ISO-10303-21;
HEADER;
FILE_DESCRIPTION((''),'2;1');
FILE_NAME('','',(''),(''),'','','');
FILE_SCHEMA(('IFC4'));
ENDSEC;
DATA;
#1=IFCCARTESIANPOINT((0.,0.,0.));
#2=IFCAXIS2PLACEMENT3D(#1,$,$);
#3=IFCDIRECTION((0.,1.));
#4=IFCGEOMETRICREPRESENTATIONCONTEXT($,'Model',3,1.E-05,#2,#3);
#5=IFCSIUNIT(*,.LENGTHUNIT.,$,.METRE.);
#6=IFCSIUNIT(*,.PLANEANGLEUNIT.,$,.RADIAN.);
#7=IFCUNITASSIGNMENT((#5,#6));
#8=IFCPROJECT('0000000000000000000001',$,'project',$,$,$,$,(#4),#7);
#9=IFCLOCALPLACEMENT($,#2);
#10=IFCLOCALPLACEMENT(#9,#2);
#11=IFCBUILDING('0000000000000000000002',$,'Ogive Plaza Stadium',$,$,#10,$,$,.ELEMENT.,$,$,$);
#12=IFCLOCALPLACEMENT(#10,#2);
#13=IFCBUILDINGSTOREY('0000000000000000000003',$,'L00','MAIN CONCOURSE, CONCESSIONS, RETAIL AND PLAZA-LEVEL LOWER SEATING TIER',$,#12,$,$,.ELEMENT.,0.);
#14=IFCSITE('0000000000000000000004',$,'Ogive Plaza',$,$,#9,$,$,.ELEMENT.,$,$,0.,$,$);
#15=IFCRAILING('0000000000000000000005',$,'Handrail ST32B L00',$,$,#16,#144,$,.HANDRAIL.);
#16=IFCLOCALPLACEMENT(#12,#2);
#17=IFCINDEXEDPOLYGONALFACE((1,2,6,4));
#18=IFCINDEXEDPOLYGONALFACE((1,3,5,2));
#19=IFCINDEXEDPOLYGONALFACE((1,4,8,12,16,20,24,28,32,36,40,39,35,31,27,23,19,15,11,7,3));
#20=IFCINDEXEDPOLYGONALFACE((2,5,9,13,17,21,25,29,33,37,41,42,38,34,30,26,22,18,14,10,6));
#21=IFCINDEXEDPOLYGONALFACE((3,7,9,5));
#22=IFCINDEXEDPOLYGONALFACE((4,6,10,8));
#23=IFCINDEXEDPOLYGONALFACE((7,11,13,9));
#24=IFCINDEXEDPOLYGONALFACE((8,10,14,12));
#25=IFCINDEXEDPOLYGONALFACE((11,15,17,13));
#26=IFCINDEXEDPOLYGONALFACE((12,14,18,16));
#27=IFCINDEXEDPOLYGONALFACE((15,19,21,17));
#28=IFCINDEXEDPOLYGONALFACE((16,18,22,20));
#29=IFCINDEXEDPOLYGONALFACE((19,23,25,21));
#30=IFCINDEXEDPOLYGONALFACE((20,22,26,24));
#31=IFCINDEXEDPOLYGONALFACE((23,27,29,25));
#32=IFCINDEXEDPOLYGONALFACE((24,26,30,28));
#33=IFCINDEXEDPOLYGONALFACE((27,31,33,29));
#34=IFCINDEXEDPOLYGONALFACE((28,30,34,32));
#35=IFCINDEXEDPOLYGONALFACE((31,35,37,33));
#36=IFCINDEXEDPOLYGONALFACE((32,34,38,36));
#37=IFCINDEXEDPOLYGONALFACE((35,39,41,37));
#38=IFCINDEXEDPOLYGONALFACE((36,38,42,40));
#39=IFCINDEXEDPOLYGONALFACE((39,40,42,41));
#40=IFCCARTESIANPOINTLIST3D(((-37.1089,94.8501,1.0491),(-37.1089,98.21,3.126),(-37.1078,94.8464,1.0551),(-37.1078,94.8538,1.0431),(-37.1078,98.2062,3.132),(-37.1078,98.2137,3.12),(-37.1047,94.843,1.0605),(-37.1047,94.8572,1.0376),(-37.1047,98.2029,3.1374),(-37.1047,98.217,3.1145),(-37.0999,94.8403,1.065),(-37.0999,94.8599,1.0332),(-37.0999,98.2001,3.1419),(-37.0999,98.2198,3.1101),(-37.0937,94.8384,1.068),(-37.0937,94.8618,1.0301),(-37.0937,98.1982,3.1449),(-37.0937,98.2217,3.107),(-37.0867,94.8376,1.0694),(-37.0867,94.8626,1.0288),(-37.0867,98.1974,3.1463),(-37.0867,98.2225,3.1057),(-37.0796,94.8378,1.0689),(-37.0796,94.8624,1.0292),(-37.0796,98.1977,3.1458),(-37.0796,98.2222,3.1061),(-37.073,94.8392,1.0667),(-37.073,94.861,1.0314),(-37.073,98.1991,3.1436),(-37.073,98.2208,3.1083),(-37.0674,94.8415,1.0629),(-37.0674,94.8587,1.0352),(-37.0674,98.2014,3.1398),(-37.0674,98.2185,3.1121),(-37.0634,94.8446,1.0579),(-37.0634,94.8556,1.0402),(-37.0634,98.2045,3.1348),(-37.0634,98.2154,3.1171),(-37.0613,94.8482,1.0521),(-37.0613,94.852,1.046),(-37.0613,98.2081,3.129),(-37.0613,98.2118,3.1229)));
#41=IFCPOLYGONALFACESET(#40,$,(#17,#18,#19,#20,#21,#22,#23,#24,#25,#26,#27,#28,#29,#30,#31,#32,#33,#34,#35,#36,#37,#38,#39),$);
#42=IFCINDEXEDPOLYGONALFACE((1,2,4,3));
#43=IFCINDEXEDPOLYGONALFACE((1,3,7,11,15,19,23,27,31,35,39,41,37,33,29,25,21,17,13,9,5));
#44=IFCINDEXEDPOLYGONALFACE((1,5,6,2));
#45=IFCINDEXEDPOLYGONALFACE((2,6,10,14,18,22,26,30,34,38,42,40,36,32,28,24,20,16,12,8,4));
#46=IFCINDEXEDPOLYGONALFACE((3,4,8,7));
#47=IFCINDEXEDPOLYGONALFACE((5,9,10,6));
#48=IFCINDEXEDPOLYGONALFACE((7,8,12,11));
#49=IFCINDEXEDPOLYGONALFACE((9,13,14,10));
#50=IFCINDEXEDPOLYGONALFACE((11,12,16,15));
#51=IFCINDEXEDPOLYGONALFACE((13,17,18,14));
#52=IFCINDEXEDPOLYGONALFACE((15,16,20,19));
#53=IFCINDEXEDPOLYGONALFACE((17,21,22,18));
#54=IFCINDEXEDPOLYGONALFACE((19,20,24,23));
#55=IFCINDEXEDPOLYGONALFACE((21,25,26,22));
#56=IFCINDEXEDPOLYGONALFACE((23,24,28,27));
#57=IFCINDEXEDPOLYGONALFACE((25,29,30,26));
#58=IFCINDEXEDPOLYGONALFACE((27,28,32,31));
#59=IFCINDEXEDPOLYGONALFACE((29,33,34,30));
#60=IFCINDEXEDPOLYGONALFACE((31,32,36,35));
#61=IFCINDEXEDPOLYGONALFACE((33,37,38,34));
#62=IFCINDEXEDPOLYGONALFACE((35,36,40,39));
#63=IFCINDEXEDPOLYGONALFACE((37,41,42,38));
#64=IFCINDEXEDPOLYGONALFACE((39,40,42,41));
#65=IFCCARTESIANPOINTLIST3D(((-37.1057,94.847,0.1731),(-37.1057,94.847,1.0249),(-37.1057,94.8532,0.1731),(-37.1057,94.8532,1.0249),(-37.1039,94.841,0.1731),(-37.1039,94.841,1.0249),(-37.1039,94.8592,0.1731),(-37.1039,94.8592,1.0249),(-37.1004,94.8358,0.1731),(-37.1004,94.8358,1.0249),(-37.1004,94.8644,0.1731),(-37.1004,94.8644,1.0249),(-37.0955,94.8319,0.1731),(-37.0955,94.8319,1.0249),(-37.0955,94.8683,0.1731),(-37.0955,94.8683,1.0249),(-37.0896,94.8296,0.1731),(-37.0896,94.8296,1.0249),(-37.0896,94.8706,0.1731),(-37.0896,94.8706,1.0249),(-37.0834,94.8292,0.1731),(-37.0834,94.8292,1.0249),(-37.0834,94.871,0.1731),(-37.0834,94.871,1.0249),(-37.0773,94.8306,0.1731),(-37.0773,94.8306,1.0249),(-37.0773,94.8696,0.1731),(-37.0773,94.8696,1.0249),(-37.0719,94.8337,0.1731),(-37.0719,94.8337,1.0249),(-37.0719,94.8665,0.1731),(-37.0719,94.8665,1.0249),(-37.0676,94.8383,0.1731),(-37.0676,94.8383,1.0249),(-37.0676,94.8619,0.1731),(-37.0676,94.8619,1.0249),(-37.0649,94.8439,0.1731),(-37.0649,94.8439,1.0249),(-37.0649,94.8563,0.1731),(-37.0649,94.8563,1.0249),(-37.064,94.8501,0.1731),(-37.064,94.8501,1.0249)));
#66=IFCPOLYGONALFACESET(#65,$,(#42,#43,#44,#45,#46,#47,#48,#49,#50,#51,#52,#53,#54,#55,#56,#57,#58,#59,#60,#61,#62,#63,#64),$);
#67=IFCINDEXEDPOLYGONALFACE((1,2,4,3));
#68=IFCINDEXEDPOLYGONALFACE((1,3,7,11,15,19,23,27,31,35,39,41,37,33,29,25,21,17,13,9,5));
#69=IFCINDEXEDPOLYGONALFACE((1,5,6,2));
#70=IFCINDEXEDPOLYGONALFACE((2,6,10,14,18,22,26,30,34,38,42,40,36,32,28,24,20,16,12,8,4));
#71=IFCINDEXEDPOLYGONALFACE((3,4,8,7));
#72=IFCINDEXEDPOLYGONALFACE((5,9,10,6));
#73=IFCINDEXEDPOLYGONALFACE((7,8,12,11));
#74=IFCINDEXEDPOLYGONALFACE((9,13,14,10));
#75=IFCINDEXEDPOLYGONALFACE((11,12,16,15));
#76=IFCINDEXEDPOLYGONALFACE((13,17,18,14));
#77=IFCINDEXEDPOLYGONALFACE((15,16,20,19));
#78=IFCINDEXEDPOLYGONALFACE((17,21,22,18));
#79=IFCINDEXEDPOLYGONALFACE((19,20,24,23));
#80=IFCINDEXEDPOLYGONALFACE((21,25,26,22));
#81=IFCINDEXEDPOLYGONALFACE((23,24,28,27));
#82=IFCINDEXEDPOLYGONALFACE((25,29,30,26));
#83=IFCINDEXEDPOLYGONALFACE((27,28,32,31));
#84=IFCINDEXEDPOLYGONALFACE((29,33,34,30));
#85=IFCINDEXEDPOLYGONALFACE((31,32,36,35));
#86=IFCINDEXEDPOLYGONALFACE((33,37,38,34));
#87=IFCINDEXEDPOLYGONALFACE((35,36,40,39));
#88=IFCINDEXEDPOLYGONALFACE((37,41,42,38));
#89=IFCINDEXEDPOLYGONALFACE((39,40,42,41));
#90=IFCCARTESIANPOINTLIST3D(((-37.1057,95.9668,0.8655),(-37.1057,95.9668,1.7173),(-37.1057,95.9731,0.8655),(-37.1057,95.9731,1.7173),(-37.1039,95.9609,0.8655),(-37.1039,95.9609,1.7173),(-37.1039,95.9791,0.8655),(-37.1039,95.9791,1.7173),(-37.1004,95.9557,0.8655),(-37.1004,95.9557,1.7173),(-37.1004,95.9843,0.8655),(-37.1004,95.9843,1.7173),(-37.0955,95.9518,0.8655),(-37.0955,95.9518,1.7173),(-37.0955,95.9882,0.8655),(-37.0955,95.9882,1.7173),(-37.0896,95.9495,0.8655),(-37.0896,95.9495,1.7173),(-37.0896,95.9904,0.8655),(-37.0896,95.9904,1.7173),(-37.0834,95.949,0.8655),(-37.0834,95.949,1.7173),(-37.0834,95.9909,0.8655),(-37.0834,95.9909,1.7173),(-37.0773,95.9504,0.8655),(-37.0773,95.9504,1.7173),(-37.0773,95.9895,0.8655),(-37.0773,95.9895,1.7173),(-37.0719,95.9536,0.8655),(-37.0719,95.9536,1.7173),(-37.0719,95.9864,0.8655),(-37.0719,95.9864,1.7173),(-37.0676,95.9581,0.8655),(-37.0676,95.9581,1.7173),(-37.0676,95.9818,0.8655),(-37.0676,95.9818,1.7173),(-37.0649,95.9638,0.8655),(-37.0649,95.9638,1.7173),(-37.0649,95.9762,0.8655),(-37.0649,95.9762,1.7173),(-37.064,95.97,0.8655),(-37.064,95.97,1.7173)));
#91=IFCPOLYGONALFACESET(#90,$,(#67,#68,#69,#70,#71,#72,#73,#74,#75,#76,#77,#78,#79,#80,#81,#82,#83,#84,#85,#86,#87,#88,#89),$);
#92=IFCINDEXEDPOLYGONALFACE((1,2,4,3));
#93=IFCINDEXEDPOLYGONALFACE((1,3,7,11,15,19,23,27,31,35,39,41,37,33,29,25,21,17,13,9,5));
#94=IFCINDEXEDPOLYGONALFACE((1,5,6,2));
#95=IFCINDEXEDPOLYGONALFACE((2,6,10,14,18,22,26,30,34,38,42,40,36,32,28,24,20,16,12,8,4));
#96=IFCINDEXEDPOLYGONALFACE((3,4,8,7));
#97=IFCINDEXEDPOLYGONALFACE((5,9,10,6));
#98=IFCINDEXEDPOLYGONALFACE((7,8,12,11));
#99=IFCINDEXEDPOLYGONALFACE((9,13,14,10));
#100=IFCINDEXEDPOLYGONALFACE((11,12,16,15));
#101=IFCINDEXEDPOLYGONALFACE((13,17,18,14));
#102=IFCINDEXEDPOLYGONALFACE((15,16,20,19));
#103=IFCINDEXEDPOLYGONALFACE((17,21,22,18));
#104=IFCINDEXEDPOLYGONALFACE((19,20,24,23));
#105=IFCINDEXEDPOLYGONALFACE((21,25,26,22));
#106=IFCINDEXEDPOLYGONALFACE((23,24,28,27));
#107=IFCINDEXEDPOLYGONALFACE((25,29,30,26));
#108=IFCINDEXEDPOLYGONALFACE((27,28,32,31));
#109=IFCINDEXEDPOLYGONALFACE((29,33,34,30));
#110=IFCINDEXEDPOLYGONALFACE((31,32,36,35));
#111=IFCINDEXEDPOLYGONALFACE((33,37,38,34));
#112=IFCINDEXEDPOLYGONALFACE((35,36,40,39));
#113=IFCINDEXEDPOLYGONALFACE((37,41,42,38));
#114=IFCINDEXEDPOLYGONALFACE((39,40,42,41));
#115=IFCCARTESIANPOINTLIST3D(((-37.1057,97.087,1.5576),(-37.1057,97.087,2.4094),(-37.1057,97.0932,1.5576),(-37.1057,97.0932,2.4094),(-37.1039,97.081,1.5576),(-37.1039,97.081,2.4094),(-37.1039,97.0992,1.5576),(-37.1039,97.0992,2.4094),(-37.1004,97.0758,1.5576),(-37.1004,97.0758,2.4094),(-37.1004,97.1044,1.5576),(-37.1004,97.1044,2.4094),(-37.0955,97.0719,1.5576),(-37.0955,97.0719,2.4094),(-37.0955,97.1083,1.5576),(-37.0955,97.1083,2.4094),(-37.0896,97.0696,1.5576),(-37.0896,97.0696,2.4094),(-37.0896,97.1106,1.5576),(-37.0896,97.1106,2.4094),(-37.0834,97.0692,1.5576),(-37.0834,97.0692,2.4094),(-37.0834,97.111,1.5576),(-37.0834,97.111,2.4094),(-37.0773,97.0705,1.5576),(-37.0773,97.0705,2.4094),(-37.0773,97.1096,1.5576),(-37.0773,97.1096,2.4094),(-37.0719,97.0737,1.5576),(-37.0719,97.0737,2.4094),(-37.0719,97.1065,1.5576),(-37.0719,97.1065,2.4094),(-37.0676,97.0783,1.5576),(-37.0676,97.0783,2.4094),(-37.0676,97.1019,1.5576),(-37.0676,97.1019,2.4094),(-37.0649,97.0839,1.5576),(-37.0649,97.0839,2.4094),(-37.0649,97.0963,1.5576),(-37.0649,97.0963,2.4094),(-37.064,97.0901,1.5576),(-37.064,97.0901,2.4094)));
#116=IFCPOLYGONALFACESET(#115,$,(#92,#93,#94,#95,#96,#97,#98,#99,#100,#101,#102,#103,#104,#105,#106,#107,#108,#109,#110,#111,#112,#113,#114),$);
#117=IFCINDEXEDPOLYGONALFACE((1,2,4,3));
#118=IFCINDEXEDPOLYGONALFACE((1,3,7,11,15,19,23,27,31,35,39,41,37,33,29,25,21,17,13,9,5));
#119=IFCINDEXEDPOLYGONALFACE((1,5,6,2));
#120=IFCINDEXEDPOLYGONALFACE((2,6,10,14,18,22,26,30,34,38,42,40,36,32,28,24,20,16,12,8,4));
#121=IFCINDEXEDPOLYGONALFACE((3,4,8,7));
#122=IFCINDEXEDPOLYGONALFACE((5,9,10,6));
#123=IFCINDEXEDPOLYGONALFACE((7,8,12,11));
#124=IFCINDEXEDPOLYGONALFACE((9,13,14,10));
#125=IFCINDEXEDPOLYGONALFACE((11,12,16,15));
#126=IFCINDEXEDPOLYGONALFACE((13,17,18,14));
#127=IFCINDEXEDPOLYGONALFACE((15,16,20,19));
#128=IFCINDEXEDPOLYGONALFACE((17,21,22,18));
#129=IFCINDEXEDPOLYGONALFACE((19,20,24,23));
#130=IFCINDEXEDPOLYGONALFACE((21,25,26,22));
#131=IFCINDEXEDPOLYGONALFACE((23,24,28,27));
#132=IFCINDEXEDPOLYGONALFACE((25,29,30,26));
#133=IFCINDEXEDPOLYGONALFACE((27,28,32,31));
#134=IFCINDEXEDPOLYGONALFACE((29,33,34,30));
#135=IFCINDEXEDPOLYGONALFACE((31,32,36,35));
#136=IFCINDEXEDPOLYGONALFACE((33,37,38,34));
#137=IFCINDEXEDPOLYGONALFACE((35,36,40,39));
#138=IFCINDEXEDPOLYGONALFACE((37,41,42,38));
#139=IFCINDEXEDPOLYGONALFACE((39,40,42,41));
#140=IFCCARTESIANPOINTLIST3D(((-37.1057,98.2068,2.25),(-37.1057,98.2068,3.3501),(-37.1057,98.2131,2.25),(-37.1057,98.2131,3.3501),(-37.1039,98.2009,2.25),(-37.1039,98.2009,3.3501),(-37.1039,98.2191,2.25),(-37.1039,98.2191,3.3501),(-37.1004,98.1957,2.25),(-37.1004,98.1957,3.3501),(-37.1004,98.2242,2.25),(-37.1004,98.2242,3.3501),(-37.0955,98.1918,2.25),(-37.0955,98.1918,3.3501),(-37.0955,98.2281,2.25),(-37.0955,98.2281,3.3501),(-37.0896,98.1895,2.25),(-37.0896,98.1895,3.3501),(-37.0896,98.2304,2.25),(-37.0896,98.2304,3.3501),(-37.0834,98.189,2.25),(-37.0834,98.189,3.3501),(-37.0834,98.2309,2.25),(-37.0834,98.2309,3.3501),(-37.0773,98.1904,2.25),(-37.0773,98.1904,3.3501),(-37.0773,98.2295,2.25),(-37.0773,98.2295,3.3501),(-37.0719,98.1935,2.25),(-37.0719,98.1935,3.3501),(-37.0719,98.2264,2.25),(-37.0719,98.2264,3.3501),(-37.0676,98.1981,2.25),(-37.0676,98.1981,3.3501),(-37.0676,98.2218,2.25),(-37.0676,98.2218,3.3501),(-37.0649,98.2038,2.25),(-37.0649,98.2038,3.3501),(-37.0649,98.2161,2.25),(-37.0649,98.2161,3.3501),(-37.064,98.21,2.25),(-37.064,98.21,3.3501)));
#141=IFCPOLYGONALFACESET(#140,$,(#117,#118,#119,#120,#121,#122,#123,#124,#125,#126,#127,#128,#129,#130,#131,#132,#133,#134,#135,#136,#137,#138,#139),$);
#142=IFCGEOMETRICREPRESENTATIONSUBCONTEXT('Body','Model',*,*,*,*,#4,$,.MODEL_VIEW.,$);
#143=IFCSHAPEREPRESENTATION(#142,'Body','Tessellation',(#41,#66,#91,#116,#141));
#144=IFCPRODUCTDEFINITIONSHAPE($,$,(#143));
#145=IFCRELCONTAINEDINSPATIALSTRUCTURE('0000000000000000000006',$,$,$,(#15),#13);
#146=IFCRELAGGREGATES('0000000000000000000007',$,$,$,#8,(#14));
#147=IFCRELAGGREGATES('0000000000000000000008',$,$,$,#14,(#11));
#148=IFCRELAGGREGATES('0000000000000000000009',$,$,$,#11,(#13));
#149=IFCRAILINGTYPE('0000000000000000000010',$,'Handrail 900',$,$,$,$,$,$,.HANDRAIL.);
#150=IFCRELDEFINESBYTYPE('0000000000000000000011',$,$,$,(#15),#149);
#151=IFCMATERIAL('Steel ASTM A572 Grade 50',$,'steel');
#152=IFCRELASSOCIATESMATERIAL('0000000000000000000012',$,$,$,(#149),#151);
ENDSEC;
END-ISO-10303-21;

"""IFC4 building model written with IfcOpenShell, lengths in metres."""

from ifc_helpers import new_model, si_unit, direction, frame, origin, origin_2d, place, context, subcontext, project, spatial, circle, extrude, material, type_object, element, save


model = new_model("IFC4")

# Units and contexts
model_context = context("Model", 3, precision=1e-05, world=origin(), true_north=direction((0.0, 1.0)))
body_context = subcontext(model_context, "Body", "Model", "MODEL_VIEW")
ifc_project = project(units=[si_unit("LENGTHUNIT", "METRE"), si_unit("PLANEANGLEUNIT", "RADIAN")], contexts=[model_context])

# Site, building, storey
site_placement = place(None, origin())
site = spatial("IfcSite", under=ifc_project, at=site_placement, Name="Ogive Plaza", CompositionType="ELEMENT", RefElevation=0.0)
building_placement = place(site_placement, origin())
building = spatial("IfcBuilding", under=site, at=building_placement, Name="Ogive Plaza Stadium", CompositionType="ELEMENT")
storey_placement = place(building_placement, origin())
storey = spatial("IfcBuildingStorey", under=building, at=storey_placement, Name="L00", Description="MAIN CONCOURSE, CONCESSIONS, RETAIL AND PLAZA-LEVEL LOWER SEATING TIER", CompositionType="ELEMENT", Elevation=0.0)

# Railing
ifc_material_1 = material(Name="Steel ASTM A572 Grade 50", Category="steel")
railing_type_1 = type_object("IfcRailingType", Name="Handrail 900", PredefinedType="HANDRAIL", material=ifc_material_1)
for number, where, name in (
    (1, (-37.085, 94.8501, 0.1731), "Handrail ST32B L00"),
):
    element("IfcRailing", number, at=place(storey_placement, frame(where)), inside=storey, type_object=railing_type_1, Name=name, PredefinedType="HANDRAIL", context=body_context, shape_type="SweptSolid", body=[
        extrude(circle(Radius=0.0239, at=origin_2d()), frame((0.0, 0.0, 0.876), z_axis=(0.0, 0.850606, 0.525803), x_axis=(-1.0, 0.0, 0.0)), (0.0, 0.0, 1.0), 3.95),
        extrude(circle(Radius=0.021, at=origin_2d()), origin(), (0.0, 0.0, 1.0), 0.8518),
        extrude(circle(Radius=0.021, at=origin_2d()), frame((0.0, 1.1199, 0.6924)), (0.0, 0.0, 1.0), 0.8518),
        extrude(circle(Radius=0.021, at=origin_2d()), frame((0.0, 2.24, 1.3845)), (0.0, 0.0, 1.0), 0.8518),
        extrude(circle(Radius=0.021, at=origin_2d()), frame((0.0, 3.3599, 2.0769)), (0.0, 0.0, 1.0), 1.1001),
    ])

save(model, "model.ifc")
